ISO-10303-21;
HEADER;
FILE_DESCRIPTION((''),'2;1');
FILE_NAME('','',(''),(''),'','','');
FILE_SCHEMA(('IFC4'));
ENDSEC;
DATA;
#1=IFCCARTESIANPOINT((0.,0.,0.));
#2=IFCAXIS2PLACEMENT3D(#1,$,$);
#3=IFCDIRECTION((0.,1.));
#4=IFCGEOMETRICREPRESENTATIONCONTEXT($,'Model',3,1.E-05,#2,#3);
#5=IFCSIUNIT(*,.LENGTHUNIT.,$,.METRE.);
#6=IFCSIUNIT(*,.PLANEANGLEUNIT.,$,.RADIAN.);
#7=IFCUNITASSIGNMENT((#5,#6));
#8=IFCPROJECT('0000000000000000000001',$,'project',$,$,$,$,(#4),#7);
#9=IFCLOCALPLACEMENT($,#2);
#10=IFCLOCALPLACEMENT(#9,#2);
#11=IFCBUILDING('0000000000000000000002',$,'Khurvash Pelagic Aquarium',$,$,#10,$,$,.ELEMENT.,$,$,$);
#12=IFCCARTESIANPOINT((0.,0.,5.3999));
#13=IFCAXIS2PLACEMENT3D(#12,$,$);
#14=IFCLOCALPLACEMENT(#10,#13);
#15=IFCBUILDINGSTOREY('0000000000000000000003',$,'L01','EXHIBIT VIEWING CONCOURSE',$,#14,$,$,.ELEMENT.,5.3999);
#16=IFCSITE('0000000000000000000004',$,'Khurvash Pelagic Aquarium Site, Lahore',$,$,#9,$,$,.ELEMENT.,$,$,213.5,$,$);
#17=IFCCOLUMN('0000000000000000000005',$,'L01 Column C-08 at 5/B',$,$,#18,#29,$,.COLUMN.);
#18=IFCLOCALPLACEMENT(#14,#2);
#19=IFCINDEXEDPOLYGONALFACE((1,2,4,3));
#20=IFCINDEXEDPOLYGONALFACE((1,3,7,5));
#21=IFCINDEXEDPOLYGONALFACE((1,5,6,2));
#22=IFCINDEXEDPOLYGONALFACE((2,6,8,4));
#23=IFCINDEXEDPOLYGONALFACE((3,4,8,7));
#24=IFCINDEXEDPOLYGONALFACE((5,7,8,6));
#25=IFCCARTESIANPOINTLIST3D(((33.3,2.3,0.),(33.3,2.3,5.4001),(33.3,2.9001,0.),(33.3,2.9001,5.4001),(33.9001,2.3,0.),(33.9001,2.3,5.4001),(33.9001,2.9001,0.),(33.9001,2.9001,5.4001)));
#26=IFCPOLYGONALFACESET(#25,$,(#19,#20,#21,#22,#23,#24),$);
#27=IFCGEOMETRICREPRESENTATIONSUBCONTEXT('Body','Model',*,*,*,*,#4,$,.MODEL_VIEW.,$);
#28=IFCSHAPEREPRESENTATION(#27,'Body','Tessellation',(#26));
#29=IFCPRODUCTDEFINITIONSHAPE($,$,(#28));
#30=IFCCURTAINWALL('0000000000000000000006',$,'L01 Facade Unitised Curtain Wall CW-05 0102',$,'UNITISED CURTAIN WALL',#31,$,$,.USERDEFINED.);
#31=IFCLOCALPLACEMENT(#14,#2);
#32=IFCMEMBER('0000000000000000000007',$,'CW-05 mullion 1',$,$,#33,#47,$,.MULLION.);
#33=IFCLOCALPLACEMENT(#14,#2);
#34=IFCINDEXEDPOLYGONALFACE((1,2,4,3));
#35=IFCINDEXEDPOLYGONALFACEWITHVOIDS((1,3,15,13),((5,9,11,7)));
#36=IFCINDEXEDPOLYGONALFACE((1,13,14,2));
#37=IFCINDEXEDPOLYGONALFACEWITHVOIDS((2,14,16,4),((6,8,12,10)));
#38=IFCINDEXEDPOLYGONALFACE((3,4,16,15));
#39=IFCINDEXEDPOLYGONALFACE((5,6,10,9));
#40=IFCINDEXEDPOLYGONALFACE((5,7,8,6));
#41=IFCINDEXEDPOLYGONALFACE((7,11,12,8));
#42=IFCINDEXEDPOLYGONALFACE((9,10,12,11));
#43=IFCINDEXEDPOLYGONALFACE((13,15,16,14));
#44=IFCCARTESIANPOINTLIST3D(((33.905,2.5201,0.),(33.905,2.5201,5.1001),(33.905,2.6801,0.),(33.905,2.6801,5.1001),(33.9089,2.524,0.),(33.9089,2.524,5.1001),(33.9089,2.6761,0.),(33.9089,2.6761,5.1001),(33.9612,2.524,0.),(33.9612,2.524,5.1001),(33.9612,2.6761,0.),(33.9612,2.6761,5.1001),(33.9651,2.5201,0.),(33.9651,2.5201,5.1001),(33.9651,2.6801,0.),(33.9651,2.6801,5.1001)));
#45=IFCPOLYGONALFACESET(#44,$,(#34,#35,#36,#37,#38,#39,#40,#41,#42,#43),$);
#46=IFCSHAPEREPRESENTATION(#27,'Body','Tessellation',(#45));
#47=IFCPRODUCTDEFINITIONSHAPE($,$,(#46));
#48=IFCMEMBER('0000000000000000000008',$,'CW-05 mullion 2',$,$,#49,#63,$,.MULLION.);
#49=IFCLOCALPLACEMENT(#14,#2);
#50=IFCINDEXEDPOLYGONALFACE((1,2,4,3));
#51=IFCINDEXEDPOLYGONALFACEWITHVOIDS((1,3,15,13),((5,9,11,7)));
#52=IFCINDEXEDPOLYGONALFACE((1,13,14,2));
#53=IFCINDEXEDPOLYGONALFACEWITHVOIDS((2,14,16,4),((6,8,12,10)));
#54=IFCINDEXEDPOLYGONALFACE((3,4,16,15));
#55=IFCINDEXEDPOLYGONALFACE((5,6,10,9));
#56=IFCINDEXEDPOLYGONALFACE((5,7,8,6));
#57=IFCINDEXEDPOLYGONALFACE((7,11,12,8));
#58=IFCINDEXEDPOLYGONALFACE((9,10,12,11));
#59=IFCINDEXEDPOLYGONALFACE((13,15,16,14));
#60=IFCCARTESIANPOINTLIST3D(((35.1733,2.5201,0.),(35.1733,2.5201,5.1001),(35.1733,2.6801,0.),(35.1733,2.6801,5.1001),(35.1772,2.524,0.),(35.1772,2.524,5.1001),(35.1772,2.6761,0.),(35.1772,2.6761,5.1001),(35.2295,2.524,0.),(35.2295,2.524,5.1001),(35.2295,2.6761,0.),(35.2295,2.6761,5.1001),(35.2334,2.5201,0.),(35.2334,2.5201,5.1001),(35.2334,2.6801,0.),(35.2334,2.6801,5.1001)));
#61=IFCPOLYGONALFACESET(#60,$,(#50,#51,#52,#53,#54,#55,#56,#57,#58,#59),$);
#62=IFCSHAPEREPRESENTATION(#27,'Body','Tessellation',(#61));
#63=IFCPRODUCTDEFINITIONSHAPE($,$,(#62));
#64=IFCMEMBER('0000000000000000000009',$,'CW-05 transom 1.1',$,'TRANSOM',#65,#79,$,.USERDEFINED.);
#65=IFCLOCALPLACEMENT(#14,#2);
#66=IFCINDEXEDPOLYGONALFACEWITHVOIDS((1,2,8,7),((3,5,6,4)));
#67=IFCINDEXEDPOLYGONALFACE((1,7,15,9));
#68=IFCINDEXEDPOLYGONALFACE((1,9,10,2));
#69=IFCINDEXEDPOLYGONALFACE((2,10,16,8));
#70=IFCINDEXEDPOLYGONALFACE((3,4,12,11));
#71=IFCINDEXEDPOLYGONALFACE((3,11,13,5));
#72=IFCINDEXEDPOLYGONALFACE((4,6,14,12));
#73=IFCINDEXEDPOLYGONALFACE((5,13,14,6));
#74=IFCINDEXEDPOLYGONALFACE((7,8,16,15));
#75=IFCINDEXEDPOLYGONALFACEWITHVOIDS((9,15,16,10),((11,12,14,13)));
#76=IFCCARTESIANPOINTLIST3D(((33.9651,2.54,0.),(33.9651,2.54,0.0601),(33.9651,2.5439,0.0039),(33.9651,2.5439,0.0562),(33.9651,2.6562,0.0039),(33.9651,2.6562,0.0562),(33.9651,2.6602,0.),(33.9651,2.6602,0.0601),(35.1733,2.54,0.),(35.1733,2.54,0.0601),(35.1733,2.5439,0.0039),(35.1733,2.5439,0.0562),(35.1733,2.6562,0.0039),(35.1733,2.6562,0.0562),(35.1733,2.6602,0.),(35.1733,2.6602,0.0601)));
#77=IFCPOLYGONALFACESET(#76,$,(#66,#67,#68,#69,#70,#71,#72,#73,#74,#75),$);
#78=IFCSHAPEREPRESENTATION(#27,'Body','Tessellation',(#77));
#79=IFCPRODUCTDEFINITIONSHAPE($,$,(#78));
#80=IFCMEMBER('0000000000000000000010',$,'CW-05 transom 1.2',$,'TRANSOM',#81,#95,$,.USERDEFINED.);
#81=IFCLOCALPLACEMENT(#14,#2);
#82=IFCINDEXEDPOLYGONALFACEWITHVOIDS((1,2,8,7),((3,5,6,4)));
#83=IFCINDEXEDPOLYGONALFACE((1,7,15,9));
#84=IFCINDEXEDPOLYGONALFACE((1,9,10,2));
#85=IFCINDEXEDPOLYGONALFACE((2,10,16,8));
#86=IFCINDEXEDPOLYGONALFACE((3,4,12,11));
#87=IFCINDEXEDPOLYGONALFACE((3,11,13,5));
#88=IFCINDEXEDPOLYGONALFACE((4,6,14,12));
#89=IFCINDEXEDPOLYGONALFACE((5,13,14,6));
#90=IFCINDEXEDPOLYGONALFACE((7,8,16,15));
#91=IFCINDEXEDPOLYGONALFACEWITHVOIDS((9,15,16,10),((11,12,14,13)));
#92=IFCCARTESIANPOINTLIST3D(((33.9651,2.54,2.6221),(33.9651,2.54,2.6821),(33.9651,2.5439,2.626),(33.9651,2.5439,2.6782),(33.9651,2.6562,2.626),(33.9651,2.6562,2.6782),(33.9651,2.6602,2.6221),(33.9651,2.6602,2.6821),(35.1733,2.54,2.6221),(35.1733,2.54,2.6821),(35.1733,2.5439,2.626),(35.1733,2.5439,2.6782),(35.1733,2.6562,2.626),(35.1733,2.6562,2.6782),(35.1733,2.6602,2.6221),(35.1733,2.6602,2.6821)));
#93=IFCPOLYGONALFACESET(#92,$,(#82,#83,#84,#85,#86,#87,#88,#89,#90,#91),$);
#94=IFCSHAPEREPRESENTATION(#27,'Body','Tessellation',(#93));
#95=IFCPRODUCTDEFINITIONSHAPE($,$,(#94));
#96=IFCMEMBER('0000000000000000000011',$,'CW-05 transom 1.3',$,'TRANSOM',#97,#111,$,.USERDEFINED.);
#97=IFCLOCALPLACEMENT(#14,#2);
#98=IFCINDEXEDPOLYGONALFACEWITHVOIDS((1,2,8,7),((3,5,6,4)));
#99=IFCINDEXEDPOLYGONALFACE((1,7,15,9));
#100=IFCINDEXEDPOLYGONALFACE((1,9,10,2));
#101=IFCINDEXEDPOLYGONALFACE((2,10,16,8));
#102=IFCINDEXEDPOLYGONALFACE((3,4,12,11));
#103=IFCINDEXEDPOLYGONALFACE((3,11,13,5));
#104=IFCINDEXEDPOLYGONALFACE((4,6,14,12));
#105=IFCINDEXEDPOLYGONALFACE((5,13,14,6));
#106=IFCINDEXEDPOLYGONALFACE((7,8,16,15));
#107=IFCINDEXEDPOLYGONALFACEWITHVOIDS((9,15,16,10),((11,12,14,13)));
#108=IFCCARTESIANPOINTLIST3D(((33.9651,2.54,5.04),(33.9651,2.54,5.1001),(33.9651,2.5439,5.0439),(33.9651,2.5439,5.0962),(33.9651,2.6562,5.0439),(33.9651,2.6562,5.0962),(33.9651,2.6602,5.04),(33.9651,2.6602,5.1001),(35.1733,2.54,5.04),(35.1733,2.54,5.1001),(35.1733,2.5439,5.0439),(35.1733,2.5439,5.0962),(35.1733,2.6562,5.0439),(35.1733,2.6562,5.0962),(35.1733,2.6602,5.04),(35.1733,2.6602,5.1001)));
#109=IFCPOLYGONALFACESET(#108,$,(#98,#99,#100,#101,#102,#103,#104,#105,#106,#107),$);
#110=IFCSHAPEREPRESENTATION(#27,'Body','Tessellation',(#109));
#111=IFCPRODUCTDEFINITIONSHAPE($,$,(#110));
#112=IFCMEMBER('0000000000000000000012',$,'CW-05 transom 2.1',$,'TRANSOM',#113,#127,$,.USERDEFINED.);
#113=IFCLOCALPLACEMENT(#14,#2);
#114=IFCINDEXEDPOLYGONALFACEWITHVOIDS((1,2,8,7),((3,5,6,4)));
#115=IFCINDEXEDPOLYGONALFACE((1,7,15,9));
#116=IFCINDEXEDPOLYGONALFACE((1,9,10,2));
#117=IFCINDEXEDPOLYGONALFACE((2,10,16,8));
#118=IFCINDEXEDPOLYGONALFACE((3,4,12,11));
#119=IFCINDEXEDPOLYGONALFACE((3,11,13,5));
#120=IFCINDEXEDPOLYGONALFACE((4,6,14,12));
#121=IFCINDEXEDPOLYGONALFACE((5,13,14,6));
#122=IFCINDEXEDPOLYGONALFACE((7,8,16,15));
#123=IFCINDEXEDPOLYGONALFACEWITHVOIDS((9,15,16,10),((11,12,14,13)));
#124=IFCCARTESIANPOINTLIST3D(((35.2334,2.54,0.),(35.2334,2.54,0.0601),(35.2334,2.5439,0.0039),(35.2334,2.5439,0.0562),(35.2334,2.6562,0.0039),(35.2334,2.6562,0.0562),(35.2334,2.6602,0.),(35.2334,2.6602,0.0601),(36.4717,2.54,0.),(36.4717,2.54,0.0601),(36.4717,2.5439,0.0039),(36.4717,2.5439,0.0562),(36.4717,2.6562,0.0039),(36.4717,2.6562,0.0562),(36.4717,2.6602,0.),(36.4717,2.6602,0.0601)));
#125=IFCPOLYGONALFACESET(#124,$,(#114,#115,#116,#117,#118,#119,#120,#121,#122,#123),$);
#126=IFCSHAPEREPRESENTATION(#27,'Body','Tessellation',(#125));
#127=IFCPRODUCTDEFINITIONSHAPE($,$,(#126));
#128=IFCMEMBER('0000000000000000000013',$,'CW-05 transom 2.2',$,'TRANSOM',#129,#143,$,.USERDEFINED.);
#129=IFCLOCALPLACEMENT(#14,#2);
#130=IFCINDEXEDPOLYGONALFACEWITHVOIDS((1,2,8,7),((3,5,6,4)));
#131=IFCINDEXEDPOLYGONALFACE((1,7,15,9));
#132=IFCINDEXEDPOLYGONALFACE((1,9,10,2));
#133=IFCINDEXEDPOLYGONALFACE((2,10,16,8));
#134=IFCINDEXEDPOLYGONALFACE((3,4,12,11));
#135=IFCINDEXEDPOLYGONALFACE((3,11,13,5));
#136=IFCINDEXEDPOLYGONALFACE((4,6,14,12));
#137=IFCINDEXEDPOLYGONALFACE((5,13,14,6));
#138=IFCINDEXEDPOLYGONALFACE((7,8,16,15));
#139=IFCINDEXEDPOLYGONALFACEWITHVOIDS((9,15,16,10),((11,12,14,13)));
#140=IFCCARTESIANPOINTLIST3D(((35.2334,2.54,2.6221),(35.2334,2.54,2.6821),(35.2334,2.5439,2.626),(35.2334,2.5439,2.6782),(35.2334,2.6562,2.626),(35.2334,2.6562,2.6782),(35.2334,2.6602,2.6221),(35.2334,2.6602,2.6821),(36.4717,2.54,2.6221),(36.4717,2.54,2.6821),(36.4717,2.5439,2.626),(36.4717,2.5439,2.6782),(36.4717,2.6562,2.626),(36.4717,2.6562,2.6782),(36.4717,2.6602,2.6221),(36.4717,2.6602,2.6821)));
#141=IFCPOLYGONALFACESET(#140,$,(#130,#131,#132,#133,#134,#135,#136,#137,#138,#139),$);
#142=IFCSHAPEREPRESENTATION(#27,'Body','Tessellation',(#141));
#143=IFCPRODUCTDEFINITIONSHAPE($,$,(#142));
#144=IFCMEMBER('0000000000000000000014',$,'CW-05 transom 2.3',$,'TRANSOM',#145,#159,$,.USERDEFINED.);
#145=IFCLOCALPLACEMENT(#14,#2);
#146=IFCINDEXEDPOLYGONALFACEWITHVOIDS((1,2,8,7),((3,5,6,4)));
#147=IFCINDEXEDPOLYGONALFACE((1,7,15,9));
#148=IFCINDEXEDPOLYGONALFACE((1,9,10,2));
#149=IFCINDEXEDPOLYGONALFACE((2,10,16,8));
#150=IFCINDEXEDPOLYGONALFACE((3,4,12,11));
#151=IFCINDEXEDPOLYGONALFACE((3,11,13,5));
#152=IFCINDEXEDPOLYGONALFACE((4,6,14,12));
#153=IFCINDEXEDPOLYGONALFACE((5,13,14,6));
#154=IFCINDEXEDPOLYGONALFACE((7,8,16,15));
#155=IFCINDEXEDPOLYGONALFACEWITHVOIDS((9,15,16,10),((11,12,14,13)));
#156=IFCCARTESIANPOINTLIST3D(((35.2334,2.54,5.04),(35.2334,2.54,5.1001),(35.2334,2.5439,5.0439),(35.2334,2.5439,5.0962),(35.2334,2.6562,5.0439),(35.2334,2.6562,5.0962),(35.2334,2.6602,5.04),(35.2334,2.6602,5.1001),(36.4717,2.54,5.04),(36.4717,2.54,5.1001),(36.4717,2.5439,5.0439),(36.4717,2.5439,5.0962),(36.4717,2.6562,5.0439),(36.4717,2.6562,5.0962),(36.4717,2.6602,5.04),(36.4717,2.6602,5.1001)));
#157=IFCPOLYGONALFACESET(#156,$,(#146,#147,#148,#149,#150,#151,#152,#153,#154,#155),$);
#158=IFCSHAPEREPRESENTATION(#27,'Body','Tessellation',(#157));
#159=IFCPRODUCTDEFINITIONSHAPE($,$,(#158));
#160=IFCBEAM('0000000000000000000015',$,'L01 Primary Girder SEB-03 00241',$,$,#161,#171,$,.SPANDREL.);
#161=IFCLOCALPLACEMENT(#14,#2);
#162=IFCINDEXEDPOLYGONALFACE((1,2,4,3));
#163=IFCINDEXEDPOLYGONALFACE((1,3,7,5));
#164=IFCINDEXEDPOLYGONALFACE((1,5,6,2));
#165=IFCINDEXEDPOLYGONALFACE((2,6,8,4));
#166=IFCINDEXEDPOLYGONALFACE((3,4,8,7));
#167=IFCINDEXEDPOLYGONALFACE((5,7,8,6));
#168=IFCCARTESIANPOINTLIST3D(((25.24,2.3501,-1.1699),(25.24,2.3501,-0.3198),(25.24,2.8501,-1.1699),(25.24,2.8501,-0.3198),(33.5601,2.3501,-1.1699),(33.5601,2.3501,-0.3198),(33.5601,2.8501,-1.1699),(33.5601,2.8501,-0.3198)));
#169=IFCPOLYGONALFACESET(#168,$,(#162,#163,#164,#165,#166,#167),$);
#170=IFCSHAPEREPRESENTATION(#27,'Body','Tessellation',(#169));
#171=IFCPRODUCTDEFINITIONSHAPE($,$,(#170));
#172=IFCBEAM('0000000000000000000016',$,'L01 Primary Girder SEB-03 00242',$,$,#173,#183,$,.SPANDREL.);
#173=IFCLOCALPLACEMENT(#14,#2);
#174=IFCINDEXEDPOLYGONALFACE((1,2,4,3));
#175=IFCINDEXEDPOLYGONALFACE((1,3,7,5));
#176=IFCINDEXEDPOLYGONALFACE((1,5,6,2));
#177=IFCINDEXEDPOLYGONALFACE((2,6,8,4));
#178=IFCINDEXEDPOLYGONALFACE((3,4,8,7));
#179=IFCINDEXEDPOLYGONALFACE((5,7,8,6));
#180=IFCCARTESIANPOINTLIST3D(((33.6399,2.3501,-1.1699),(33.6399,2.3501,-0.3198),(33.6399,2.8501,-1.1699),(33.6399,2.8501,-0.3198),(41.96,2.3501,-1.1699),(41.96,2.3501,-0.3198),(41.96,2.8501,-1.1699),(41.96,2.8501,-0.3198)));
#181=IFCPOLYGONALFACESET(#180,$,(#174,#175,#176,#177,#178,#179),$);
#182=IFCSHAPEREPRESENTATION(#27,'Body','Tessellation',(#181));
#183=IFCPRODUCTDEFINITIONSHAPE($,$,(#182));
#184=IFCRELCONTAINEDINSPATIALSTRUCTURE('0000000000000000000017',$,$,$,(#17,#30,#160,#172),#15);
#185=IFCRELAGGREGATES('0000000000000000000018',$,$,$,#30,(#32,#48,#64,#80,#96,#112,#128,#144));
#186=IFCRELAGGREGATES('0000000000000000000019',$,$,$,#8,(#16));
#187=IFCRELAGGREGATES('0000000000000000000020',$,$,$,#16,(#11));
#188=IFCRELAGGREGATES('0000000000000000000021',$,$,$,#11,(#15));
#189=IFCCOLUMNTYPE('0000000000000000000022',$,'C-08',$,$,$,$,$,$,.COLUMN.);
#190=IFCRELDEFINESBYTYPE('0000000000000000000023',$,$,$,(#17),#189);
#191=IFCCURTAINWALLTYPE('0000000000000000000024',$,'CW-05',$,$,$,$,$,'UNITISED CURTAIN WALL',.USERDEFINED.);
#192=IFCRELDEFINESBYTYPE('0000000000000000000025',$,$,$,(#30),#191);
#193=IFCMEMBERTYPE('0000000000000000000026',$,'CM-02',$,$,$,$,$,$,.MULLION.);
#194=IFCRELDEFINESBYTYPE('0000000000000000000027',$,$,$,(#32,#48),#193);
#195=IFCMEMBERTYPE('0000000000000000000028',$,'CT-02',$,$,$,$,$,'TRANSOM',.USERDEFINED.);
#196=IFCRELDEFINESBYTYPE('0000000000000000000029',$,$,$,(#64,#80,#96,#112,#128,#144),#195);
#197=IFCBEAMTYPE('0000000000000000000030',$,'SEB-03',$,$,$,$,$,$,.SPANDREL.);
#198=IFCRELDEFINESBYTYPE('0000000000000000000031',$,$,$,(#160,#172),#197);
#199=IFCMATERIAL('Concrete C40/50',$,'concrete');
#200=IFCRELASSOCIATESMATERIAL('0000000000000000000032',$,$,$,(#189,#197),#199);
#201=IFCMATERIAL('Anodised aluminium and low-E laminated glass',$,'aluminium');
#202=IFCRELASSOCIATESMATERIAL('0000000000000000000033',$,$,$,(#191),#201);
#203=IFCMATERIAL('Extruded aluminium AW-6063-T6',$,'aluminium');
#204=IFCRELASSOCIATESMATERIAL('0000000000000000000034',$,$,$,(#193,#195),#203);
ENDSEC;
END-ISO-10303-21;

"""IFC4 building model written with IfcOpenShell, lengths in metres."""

from ifc_helpers import new_model, si_unit, direction, frame, origin, origin_2d, place, context, subcontext, project, spatial, rectangle, hollow_rectangle, extrude, material, material_profile, profile_set, type_object, element, aggregate, save


model = new_model("IFC4")

# Units and contexts
model_context = context("Model", 3, precision=1e-05, world=origin(), true_north=direction((0.0, 1.0)))
body_context = subcontext(model_context, "Body", "Model", "MODEL_VIEW")
ifc_project = project(units=[si_unit("LENGTHUNIT", "METRE"), si_unit("PLANEANGLEUNIT", "RADIAN")], contexts=[model_context])

# Site, building, storey
site_placement = place(None, origin())
site = spatial("IfcSite", under=ifc_project, at=site_placement, Name="Khurvash Pelagic Aquarium Site, Lahore", CompositionType="ELEMENT", RefElevation=213.5)
building_placement = place(site_placement, origin())
building = spatial("IfcBuilding", under=site, at=building_placement, Name="Khurvash Pelagic Aquarium", CompositionType="ELEMENT")
storey_placement = place(building_placement, frame((0.0, 0.0, 5.3999)))
storey = spatial("IfcBuildingStorey", under=building, at=storey_placement, Name="L01", Description="EXHIBIT VIEWING CONCOURSE", CompositionType="ELEMENT", Elevation=5.3999)

# Column
ifc_material_1 = material(Name="Concrete C40/50", Category="concrete")
ifc_material_profile_1 = material_profile(ifc_material_1, rectangle(XDim=0.6001, YDim=0.6001, at=origin_2d()), Name="RC600X600")
ifc_profile_set_1 = profile_set([ifc_material_profile_1], Name="Concrete C40/50")
column_type = type_object("IfcColumnType", Name="C-08", PredefinedType="COLUMN", material=ifc_profile_set_1)
column_placement = place(storey_placement, frame((33.6001, 2.6001, 0.0), z_axis=(0.0, 0.0, 1.0), x_axis=(1.0, 0.0, 0.0)))
element("IfcColumn", 1, at=column_placement, inside=storey, type_object=column_type, Name="L01 Column C-08 at 5/B", PredefinedType="COLUMN", context=body_context, shape_type="SweptSolid", body=[
    extrude(rectangle(XDim=0.6001, YDim=0.6001, at=origin_2d()), origin(), (0.0, 0.0, 1.0), 5.4001),
])

# Curtain wall, members
ifc_material_2 = material(Name="Anodised aluminium and low-E laminated glass", Category="aluminium")
curtain_wall_type = type_object("IfcCurtainWallType", Name="CW-05", ElementType="UNITISED CURTAIN WALL", PredefinedType="USERDEFINED", material=ifc_material_2)
curtain_wall_placement = place(storey_placement, origin())
curtain_wall = element("IfcCurtainWall", 2, at=curtain_wall_placement, inside=storey, type_object=curtain_wall_type, Name="L01 Facade Unitised Curtain Wall CW-05 0102", ObjectType="UNITISED CURTAIN WALL", PredefinedType="USERDEFINED")
ifc_material_3 = material(Name="Extruded aluminium AW-6063-T6", Category="aluminium")
ifc_material_profile_2 = material_profile(ifc_material_3, hollow_rectangle(XDim=0.0601, YDim=0.1599, WallThickness=0.0039, at=origin_2d()), Name="CWM60X160X4")
ifc_profile_set_2 = profile_set([ifc_material_profile_2], Name="Extruded aluminium AW-6063-T6")
member_type_1 = type_object("IfcMemberType", Name="CM-02", PredefinedType="MULLION", material=ifc_profile_set_2)
member_1_placement = place(storey_placement, frame((33.9351, 2.6001, 0.0), z_axis=(0.0, 0.0, 1.0), x_axis=(1.0, 0.0, 0.0)))
member_1 = element("IfcMember", 3, at=member_1_placement, type_object=member_type_1, Name="CW-05 mullion 1", PredefinedType="MULLION", context=body_context, shape_type="SweptSolid", body=[
    extrude(hollow_rectangle(XDim=0.0601, YDim=0.1599, WallThickness=0.0039, at=origin_2d()), origin(), (0.0, 0.0, 1.0), 5.1001),
])
member_2_placement = place(storey_placement, frame((35.2034, 2.6001, 0.0), z_axis=(0.0, 0.0, 1.0), x_axis=(1.0, 0.0, 0.0)))
member_2 = element("IfcMember", 4, at=member_2_placement, type_object=member_type_1, Name="CW-05 mullion 2", PredefinedType="MULLION", context=body_context, shape_type="SweptSolid", body=[
    extrude(hollow_rectangle(XDim=0.0601, YDim=0.1599, WallThickness=0.0039, at=origin_2d()), origin(), (0.0, 0.0, 1.0), 5.1001),
])
ifc_material_profile_3 = material_profile(ifc_material_3, hollow_rectangle(XDim=0.1201, YDim=0.0601, WallThickness=0.0039, at=origin_2d()), Name="CWT120X60X4")
ifc_profile_set_3 = profile_set([ifc_material_profile_3], Name="Extruded aluminium AW-6063-T6")
member_type_2 = type_object("IfcMemberType", Name="CT-02", ElementType="TRANSOM", PredefinedType="USERDEFINED", material=ifc_profile_set_3)
member_3_placement = place(storey_placement, frame((33.9651, 2.6001, 0.03), z_axis=(1.0, 0.0, 0.0), x_axis=(0.0, 1.0, 0.0)))
member_3 = element("IfcMember", 5, at=member_3_placement, type_object=member_type_2, Name="CW-05 transom 1.1", ObjectType="TRANSOM", PredefinedType="USERDEFINED", context=body_context, shape_type="SweptSolid", body=[
    extrude(hollow_rectangle(XDim=0.1201, YDim=0.0601, WallThickness=0.0039, at=origin_2d()), origin(), (0.0, 0.0, 1.0), 1.2083),
])
member_4_placement = place(storey_placement, frame((33.9651, 2.6001, 2.6521), z_axis=(1.0, 0.0, 0.0), x_axis=(0.0, 1.0, 0.0)))
member_4 = element("IfcMember", 6, at=member_4_placement, type_object=member_type_2, Name="CW-05 transom 1.2", ObjectType="TRANSOM", PredefinedType="USERDEFINED", context=body_context, shape_type="SweptSolid", body=[
    extrude(hollow_rectangle(XDim=0.1201, YDim=0.0601, WallThickness=0.0039, at=origin_2d()), origin(), (0.0, 0.0, 1.0), 1.2083),
])
member_5_placement = place(storey_placement, frame((33.9651, 2.6001, 5.0701), z_axis=(1.0, 0.0, 0.0), x_axis=(0.0, 1.0, 0.0)))
member_5 = element("IfcMember", 7, at=member_5_placement, type_object=member_type_2, Name="CW-05 transom 1.3", ObjectType="TRANSOM", PredefinedType="USERDEFINED", context=body_context, shape_type="SweptSolid", body=[
    extrude(hollow_rectangle(XDim=0.1201, YDim=0.0601, WallThickness=0.0039, at=origin_2d()), origin(), (0.0, 0.0, 1.0), 1.2083),
])
member_6_placement = place(storey_placement, frame((35.2334, 2.6001, 0.03), z_axis=(1.0, 0.0, 0.0), x_axis=(0.0, 1.0, 0.0)))
member_6 = element("IfcMember", 8, at=member_6_placement, type_object=member_type_2, Name="CW-05 transom 2.1", ObjectType="TRANSOM", PredefinedType="USERDEFINED", context=body_context, shape_type="SweptSolid", body=[
    extrude(hollow_rectangle(XDim=0.1201, YDim=0.0601, WallThickness=0.0039, at=origin_2d()), origin(), (0.0, 0.0, 1.0), 1.2383),
])
member_7_placement = place(storey_placement, frame((35.2334, 2.6001, 2.6521), z_axis=(1.0, 0.0, 0.0), x_axis=(0.0, 1.0, 0.0)))
member_7 = element("IfcMember", 9, at=member_7_placement, type_object=member_type_2, Name="CW-05 transom 2.2", ObjectType="TRANSOM", PredefinedType="USERDEFINED", context=body_context, shape_type="SweptSolid", body=[
    extrude(hollow_rectangle(XDim=0.1201, YDim=0.0601, WallThickness=0.0039, at=origin_2d()), origin(), (0.0, 0.0, 1.0), 1.2383),
])
member_8_placement = place(storey_placement, frame((35.2334, 2.6001, 5.0701), z_axis=(1.0, 0.0, 0.0), x_axis=(0.0, 1.0, 0.0)))
member_8 = element("IfcMember", 10, at=member_8_placement, type_object=member_type_2, Name="CW-05 transom 2.3", ObjectType="TRANSOM", PredefinedType="USERDEFINED", context=body_context, shape_type="SweptSolid", body=[
    extrude(hollow_rectangle(XDim=0.1201, YDim=0.0601, WallThickness=0.0039, at=origin_2d()), origin(), (0.0, 0.0, 1.0), 1.2383),
])

# Beams
ifc_material_profile_4 = material_profile(ifc_material_1, rectangle(XDim=0.5, YDim=0.8501, at=origin_2d()), Name="RC500X850")
ifc_profile_set_4 = profile_set([ifc_material_profile_4], Name="Concrete C40/50")
beam_type = type_object("IfcBeamType", Name="SEB-03", PredefinedType="SPANDREL", material=ifc_profile_set_4)
for number, where, z_axis, x_axis, name in (
    (11, (25.24, 2.6001, -0.7449), (1.0, 0.0, 0.0), (0.0, 1.0, 0.0), "L01 Primary Girder SEB-03 00241"),
    (12, (33.6399, 2.6001, -0.7449), (1.0, 0.0, 0.0), (0.0, 1.0, 0.0), "L01 Primary Girder SEB-03 00242"),
):
    element("IfcBeam", number, at=place(storey_placement, frame(where, z_axis=z_axis, x_axis=x_axis)), inside=storey, type_object=beam_type, Name=name, PredefinedType="SPANDREL", context=body_context, shape_type="SweptSolid", body=[
        extrude(rectangle(XDim=0.5, YDim=0.8501, at=origin_2d()), origin(), (0.0, 0.0, 1.0), 8.3201),
    ])

aggregate(curtain_wall, [member_1, member_2, member_3, member_4, member_5, member_6, member_7, member_8])

save(model, "model.ifc")
